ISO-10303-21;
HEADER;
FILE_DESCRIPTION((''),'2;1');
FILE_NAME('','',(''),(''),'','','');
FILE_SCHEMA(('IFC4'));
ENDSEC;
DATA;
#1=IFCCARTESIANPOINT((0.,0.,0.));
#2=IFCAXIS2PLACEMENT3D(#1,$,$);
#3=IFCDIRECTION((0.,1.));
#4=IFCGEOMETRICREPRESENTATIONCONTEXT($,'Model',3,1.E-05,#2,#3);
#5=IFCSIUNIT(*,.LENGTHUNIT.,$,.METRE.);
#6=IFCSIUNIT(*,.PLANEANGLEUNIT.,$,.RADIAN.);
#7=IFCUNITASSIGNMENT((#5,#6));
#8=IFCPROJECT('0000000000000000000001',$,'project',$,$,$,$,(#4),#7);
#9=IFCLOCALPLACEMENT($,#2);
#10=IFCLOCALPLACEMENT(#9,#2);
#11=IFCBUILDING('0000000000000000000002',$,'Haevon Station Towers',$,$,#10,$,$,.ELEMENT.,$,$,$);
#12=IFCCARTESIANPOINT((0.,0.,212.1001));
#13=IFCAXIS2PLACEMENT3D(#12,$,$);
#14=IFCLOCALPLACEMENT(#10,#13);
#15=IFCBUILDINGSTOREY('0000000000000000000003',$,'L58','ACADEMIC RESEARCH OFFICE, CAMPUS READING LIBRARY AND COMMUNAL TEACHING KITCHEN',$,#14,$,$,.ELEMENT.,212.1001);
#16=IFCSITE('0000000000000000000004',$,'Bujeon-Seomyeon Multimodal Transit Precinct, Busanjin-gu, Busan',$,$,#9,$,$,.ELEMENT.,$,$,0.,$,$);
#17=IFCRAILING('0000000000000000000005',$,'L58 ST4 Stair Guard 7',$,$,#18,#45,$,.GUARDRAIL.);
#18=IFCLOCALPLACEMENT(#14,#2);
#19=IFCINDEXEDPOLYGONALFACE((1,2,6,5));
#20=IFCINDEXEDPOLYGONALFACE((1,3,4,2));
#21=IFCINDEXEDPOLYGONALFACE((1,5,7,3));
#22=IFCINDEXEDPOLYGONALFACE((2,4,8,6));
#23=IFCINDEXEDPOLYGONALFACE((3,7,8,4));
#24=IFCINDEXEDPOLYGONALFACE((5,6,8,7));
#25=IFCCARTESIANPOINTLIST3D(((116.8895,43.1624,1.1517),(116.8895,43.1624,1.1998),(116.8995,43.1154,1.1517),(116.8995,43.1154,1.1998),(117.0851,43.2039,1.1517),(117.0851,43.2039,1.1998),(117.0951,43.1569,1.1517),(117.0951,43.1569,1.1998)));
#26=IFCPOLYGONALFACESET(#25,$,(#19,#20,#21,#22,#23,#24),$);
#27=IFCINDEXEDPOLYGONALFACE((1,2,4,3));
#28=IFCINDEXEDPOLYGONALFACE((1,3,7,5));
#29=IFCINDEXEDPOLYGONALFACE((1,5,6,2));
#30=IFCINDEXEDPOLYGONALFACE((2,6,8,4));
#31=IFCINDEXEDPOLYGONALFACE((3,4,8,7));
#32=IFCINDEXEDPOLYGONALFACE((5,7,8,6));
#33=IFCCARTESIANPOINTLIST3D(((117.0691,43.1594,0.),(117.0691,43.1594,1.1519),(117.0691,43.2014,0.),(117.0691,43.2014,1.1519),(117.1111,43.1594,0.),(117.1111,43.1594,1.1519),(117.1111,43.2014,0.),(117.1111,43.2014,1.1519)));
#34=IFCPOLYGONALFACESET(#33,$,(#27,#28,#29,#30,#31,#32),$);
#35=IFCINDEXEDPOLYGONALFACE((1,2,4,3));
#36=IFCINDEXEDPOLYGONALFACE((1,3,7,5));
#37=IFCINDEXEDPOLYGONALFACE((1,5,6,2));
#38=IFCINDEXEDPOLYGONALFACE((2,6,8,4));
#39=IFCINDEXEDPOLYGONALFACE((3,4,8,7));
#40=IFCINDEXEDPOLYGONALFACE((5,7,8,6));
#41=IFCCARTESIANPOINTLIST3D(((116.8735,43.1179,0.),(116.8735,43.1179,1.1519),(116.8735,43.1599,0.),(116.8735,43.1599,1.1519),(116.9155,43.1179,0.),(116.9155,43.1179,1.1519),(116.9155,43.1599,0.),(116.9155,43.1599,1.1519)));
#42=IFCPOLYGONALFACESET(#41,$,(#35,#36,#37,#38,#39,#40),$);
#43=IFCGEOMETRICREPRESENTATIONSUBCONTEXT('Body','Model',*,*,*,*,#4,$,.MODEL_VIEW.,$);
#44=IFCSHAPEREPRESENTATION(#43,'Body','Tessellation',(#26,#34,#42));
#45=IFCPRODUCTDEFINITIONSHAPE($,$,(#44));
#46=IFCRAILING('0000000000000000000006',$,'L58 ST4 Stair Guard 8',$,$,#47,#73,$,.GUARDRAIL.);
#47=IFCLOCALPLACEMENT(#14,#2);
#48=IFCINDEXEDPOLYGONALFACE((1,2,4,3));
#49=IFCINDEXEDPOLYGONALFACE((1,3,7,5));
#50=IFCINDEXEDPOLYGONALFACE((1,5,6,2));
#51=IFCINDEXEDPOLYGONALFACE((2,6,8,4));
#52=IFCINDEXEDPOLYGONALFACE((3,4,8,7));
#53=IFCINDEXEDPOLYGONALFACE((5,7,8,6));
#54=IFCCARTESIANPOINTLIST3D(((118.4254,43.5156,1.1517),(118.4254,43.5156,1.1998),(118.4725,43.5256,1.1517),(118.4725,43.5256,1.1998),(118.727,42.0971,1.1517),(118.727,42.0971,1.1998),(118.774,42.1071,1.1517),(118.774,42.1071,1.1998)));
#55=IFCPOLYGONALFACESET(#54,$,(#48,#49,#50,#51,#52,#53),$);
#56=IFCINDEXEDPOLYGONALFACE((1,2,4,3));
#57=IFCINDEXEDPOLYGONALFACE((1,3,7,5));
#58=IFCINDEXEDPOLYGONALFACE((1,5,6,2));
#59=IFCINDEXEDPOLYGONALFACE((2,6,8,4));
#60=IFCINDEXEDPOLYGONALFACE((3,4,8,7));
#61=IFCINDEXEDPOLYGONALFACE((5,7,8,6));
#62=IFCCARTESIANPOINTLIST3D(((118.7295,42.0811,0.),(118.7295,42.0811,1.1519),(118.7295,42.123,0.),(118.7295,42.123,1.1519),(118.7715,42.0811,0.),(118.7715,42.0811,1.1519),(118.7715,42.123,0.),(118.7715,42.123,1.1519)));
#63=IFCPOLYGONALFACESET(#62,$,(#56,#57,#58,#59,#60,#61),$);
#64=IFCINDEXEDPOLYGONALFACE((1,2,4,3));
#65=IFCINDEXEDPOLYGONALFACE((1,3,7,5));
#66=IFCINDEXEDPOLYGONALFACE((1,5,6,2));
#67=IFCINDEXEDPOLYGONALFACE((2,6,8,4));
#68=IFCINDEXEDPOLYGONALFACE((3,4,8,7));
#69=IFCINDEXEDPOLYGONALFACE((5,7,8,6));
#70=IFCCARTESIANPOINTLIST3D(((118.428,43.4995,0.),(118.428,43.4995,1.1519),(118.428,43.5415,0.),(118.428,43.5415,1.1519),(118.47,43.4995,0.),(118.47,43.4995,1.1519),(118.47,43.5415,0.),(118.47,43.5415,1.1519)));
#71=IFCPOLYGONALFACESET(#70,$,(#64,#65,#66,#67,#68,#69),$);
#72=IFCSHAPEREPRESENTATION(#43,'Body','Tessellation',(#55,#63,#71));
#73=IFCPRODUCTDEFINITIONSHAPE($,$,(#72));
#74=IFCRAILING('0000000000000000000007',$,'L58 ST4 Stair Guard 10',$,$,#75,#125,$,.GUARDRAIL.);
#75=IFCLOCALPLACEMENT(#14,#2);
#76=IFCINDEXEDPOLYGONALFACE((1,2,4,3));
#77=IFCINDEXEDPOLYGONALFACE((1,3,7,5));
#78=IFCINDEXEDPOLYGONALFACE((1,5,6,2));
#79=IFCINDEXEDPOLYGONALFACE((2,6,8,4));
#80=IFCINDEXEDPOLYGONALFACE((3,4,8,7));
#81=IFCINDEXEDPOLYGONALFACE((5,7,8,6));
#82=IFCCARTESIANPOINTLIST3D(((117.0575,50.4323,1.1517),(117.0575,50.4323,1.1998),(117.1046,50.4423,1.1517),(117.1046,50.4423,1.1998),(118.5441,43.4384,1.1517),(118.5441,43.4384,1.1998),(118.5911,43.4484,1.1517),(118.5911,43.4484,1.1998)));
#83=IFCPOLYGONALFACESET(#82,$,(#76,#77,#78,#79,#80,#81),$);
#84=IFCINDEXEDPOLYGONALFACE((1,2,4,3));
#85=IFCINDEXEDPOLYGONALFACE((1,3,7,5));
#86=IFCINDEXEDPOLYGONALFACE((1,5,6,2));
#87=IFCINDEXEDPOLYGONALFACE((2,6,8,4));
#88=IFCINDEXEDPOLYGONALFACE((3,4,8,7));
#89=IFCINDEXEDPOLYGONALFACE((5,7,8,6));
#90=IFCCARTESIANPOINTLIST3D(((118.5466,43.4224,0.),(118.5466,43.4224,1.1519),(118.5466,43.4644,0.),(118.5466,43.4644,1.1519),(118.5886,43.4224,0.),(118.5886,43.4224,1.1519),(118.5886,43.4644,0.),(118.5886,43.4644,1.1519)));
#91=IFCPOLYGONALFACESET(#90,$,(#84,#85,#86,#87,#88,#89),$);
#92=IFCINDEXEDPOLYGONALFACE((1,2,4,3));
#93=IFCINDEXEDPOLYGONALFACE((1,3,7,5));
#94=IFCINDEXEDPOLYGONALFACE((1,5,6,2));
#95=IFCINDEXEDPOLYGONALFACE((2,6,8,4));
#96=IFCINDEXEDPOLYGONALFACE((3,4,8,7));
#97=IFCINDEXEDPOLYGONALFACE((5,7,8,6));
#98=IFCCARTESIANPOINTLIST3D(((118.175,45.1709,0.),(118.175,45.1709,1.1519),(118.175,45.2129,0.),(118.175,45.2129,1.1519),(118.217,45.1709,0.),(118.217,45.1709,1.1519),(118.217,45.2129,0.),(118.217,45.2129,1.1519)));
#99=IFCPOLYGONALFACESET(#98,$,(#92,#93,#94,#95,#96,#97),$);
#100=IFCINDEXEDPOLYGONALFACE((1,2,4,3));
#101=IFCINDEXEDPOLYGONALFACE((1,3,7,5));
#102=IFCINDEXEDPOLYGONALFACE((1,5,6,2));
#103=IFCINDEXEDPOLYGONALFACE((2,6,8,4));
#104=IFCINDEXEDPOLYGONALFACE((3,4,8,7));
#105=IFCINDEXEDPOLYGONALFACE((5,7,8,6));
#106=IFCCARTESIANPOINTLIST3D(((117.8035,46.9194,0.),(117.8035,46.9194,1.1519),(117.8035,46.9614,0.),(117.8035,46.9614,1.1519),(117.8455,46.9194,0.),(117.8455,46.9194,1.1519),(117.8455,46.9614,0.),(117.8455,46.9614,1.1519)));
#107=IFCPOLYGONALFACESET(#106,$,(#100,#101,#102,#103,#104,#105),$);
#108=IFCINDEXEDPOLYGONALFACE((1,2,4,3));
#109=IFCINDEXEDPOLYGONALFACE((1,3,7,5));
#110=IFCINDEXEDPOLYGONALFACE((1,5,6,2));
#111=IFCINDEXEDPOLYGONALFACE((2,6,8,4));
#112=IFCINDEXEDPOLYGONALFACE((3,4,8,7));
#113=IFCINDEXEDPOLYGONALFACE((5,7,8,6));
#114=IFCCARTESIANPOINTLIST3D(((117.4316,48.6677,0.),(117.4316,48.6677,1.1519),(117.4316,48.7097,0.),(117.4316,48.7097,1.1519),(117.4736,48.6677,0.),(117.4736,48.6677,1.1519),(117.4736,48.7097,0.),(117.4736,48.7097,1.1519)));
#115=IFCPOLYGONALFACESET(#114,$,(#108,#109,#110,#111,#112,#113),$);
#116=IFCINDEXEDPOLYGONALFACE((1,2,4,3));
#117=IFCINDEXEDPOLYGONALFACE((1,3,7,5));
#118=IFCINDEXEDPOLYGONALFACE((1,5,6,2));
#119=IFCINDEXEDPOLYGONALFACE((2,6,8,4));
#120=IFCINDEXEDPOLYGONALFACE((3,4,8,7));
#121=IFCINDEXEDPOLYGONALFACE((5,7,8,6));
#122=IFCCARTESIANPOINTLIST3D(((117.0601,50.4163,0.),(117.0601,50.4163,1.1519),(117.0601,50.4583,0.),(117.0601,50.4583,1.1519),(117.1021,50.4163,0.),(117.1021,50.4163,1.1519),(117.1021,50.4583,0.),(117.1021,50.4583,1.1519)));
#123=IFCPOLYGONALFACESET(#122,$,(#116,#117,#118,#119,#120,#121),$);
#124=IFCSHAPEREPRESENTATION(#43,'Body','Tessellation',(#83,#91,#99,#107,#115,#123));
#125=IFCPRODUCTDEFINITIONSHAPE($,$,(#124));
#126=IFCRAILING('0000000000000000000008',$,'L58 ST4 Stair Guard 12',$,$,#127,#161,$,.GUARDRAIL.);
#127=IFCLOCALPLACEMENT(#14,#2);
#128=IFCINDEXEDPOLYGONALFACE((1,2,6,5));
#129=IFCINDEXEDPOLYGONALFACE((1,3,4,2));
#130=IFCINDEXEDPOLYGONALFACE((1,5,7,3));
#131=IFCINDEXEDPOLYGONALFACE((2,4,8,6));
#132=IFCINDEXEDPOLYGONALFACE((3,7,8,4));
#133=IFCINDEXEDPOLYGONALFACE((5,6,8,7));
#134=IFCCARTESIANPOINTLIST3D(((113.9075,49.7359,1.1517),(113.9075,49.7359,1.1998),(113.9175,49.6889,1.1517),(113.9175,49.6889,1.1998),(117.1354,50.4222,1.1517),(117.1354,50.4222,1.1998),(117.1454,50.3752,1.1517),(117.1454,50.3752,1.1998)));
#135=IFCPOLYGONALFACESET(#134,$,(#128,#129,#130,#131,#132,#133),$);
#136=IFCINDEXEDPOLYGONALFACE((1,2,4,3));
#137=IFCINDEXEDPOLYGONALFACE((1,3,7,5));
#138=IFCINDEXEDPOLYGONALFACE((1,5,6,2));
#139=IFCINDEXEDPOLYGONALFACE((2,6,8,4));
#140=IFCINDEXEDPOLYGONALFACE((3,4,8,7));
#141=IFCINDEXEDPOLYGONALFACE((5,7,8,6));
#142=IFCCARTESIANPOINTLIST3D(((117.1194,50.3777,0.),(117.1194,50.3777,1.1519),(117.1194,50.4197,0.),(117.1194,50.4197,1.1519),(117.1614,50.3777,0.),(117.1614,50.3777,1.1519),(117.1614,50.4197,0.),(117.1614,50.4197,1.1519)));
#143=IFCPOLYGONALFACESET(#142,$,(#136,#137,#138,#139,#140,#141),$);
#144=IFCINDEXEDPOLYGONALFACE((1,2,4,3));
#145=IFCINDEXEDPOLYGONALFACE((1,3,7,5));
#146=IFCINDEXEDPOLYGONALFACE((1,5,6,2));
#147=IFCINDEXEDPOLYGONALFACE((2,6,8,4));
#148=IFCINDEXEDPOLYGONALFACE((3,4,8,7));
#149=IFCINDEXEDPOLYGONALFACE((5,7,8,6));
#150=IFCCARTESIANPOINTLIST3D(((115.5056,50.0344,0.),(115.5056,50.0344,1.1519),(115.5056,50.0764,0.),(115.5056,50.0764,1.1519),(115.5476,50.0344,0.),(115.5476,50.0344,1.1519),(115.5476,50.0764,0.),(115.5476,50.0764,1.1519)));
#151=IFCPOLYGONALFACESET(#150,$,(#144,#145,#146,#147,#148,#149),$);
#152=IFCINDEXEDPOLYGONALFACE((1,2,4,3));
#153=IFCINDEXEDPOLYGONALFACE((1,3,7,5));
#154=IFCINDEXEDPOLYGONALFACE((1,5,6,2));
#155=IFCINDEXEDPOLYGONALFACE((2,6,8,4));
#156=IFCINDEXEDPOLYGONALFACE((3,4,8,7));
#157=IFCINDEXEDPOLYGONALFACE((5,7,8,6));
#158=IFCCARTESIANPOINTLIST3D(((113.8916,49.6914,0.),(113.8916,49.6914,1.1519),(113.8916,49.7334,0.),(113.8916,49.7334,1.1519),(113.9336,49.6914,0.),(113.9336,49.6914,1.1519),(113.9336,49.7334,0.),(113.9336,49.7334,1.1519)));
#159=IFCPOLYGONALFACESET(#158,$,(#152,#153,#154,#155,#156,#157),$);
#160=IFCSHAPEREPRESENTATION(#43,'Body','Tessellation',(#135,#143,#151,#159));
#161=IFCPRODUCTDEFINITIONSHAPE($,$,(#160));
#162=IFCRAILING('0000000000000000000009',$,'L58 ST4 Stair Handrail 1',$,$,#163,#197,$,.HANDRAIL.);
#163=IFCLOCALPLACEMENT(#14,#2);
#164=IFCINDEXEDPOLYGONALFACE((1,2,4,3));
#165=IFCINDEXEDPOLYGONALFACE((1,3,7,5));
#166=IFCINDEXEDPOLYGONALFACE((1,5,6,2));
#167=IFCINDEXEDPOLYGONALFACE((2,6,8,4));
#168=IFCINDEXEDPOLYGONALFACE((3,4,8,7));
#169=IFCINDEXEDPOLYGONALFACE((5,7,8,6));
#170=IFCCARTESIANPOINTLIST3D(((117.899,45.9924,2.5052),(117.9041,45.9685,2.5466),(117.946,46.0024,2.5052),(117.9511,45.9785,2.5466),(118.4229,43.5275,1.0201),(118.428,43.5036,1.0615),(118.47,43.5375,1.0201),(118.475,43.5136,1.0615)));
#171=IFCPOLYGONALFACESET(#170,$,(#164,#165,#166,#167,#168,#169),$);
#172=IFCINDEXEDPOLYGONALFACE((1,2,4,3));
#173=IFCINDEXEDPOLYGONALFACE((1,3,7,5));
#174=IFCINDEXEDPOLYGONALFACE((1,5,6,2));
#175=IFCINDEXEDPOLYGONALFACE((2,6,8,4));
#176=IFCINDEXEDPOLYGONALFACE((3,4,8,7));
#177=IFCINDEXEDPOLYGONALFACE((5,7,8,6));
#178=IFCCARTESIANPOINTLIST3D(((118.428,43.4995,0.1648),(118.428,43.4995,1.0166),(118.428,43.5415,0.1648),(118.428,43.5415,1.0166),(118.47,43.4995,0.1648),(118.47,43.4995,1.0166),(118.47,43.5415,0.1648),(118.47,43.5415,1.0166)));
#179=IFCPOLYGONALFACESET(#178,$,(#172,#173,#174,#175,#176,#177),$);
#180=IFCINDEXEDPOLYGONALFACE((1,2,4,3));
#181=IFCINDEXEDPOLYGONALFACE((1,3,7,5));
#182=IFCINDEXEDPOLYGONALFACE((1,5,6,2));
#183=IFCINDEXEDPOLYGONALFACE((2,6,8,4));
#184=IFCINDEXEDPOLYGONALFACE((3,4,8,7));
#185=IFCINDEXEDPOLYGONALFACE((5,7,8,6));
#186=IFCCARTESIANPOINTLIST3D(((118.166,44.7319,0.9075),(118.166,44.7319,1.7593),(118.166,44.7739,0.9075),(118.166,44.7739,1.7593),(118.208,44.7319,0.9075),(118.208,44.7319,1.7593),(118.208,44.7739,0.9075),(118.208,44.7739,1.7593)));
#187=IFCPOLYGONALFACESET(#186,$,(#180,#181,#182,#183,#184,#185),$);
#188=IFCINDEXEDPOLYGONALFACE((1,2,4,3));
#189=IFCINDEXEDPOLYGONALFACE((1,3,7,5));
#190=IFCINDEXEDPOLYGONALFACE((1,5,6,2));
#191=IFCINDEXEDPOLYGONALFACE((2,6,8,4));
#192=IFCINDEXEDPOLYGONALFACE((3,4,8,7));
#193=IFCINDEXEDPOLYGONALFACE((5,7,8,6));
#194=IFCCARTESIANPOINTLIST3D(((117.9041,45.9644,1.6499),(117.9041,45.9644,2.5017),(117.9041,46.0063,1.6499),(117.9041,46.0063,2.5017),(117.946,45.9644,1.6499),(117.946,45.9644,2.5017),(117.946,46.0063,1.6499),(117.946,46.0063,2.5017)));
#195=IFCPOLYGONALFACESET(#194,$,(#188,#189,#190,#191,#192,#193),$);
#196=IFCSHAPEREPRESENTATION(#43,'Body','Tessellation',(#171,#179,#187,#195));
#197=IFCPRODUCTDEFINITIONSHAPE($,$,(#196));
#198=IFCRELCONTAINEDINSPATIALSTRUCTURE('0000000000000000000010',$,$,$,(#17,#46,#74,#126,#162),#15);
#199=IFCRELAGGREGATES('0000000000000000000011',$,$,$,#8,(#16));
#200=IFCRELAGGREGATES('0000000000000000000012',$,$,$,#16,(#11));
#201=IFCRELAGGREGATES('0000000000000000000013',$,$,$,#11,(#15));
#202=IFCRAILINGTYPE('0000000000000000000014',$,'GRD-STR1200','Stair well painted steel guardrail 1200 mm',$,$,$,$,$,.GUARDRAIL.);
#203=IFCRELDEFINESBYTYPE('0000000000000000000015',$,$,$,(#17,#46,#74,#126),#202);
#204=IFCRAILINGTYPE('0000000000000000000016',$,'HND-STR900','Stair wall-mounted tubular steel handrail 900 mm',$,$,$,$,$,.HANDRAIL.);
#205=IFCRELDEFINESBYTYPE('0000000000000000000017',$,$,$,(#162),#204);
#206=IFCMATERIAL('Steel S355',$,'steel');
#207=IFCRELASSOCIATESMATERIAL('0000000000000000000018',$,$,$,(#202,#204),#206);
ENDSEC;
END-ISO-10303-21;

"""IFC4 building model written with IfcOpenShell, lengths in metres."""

from ifc_helpers import new_model, si_unit, direction, frame, origin, origin_2d, place, context, subcontext, project, spatial, rectangle, extrude, material, type_object, element, save


model = new_model("IFC4")

# Units and contexts
model_context = context("Model", 3, precision=1e-05, world=origin(), true_north=direction((0.0, 1.0)))
body_context = subcontext(model_context, "Body", "Model", "MODEL_VIEW")
ifc_project = project(units=[si_unit("LENGTHUNIT", "METRE"), si_unit("PLANEANGLEUNIT", "RADIAN")], contexts=[model_context])

# Site, building, storey
site_placement = place(None, origin())
site = spatial("IfcSite", under=ifc_project, at=site_placement, Name="Bujeon-Seomyeon Multimodal Transit Precinct, Busanjin-gu, Busan", CompositionType="ELEMENT", RefElevation=0.0)
building_placement = place(site_placement, origin())
building = spatial("IfcBuilding", under=site, at=building_placement, Name="Haevon Station Towers", CompositionType="ELEMENT")
storey_placement = place(building_placement, frame((0.0, 0.0, 212.1001)))
storey = spatial("IfcBuildingStorey", under=building, at=storey_placement, Name="L58", Description="ACADEMIC RESEARCH OFFICE, CAMPUS READING LIBRARY AND COMMUNAL TEACHING KITCHEN", CompositionType="ELEMENT", Elevation=212.1001)

# Shared definitions
ifc_material_1 = material(Name="Steel S355", Category="steel")

# Railings
railing_type_1 = type_object("IfcRailingType", Name="GRD-STR1200", Description="Stair well painted steel guardrail 1200 mm", PredefinedType="GUARDRAIL", material=ifc_material_1)
railing_1_placement = place(storey_placement, frame((117.0901, 43.1804, 0.0)))
element("IfcRailing", 1, at=railing_1_placement, inside=storey, type_object=railing_type_1, Name="L58 ST4 Stair Guard 7", PredefinedType="GUARDRAIL", context=body_context, shape_type="SweptSolid", body=[
    extrude(rectangle(XDim=0.0481, YDim=0.0481, at=origin_2d()), frame((0.0, 0.0, 1.1758), z_axis=(-0.978212, -0.20761, 0.0), x_axis=(0.20761, -0.978212, 0.0)), (0.0, 0.0, 1.0), 0.2),
    extrude(rectangle(XDim=0.042, YDim=0.042, at=origin_2d()), origin(), (0.0, 0.0, 1.0), 1.1519),
    extrude(rectangle(XDim=0.042, YDim=0.042, at=origin_2d()), frame((-0.1956, -0.0415, 0.0)), (0.0, 0.0, 1.0), 1.1519),
])
railing_2_placement = place(storey_placement, frame((118.7505, 42.1021, 0.0)))
element("IfcRailing", 2, at=railing_2_placement, inside=storey, type_object=railing_type_1, Name="L58 ST4 Stair Guard 8", PredefinedType="GUARDRAIL", context=body_context, shape_type="SweptSolid", body=[
    extrude(rectangle(XDim=0.0481, YDim=0.0481, at=origin_2d()), frame((0.0, 0.0, 1.1758), z_axis=(-0.207919, 0.978146, 0.0), x_axis=(-0.978146, -0.207919, 0.0)), (0.0, 0.0, 1.0), 1.4502),
    extrude(rectangle(XDim=0.042, YDim=0.042, at=origin_2d()), origin(), (0.0, 0.0, 1.0), 1.1519),
    extrude(rectangle(XDim=0.042, YDim=0.042, at=origin_2d()), frame((-0.3015, 1.4185, 0.0)), (0.0, 0.0, 1.0), 1.1519),
])
railing_3_placement = place(storey_placement, frame((118.5676, 43.4434, 0.0)))
element("IfcRailing", 3, at=railing_3_placement, inside=storey, type_object=railing_type_1, Name="L58 ST4 Stair Guard 10", PredefinedType="GUARDRAIL", context=body_context, shape_type="SweptSolid", body=[
    extrude(rectangle(XDim=0.0481, YDim=0.0481, at=origin_2d()), frame((0.0, 0.0, 1.1758), z_axis=(-0.207908, 0.978148, 0.0), x_axis=(-0.978148, -0.207908, 0.0)), (0.0, 0.0, 1.0), 7.1501),
    extrude(rectangle(XDim=0.042, YDim=0.042, at=origin_2d()), origin(), (0.0, 0.0, 1.0), 1.1519),
    extrude(rectangle(XDim=0.042, YDim=0.042, at=origin_2d()), frame((-0.3716, 1.7485, 0.0)), (0.0, 0.0, 1.0), 1.1519),
    extrude(rectangle(XDim=0.042, YDim=0.042, at=origin_2d()), frame((-0.7432, 3.4971, 0.0)), (0.0, 0.0, 1.0), 1.1519),
    extrude(rectangle(XDim=0.042, YDim=0.042, at=origin_2d()), frame((-1.115, 5.2454, 0.0)), (0.0, 0.0, 1.0), 1.1519),
    extrude(rectangle(XDim=0.042, YDim=0.042, at=origin_2d()), frame((-1.4866, 6.9939, 0.0)), (0.0, 0.0, 1.0), 1.1519),
])
railing_4_placement = place(storey_placement, frame((117.1404, 50.3987, 0.0)))
element("IfcRailing", 4, at=railing_4_placement, inside=storey, type_object=railing_type_1, Name="L58 ST4 Stair Guard 12", PredefinedType="GUARDRAIL", context=body_context, shape_type="SweptSolid", body=[
    extrude(rectangle(XDim=0.0481, YDim=0.0481, at=origin_2d()), frame((0.0, 0.0, 1.1758), z_axis=(-0.978136, -0.207968, 0.0), x_axis=(0.207968, -0.978136, 0.0)), (0.0, 0.0, 1.0), 3.3),
    extrude(rectangle(XDim=0.042, YDim=0.042, at=origin_2d()), origin(), (0.0, 0.0, 1.0), 1.1519),
    extrude(rectangle(XDim=0.042, YDim=0.042, at=origin_2d()), frame((-1.6138, -0.3433, 0.0)), (0.0, 0.0, 1.0), 1.1519),
    extrude(rectangle(XDim=0.042, YDim=0.042, at=origin_2d()), frame((-3.2278, -0.6863, 0.0)), (0.0, 0.0, 1.0), 1.1519),
])
railing_type_2 = type_object("IfcRailingType", Name="HND-STR900", Description="Stair wall-mounted tubular steel handrail 900 mm", PredefinedType="HANDRAIL", material=ifc_material_1)
railing_5_placement = place(storey_placement, frame((118.449, 43.5205, 0.1648)))
element("IfcRailing", 5, at=railing_5_placement, inside=storey, type_object=railing_type_2, Name="L58 ST4 Stair Handrail 1", PredefinedType="HANDRAIL", context=body_context, shape_type="SweptSolid", body=[
    extrude(rectangle(XDim=0.0481, YDim=0.0481, at=origin_2d()), frame((0.0, 0.0, 0.876), z_axis=(-0.179121, 0.842688, 0.507733), x_axis=(-0.978147, -0.207914, 0.0)), (0.0, 0.0, 1.0), 2.925),
    extrude(rectangle(XDim=0.042, YDim=0.042, at=origin_2d()), origin(), (0.0, 0.0, 1.0), 0.8518),
    extrude(rectangle(XDim=0.042, YDim=0.042, at=origin_2d()), frame((-0.262, 1.2324, 0.7427)), (0.0, 0.0, 1.0), 0.8518),
    extrude(rectangle(XDim=0.042, YDim=0.042, at=origin_2d()), frame((-0.5239, 2.4648, 1.4851)), (0.0, 0.0, 1.0), 0.8518),
])

save(model, "model.ifc")
